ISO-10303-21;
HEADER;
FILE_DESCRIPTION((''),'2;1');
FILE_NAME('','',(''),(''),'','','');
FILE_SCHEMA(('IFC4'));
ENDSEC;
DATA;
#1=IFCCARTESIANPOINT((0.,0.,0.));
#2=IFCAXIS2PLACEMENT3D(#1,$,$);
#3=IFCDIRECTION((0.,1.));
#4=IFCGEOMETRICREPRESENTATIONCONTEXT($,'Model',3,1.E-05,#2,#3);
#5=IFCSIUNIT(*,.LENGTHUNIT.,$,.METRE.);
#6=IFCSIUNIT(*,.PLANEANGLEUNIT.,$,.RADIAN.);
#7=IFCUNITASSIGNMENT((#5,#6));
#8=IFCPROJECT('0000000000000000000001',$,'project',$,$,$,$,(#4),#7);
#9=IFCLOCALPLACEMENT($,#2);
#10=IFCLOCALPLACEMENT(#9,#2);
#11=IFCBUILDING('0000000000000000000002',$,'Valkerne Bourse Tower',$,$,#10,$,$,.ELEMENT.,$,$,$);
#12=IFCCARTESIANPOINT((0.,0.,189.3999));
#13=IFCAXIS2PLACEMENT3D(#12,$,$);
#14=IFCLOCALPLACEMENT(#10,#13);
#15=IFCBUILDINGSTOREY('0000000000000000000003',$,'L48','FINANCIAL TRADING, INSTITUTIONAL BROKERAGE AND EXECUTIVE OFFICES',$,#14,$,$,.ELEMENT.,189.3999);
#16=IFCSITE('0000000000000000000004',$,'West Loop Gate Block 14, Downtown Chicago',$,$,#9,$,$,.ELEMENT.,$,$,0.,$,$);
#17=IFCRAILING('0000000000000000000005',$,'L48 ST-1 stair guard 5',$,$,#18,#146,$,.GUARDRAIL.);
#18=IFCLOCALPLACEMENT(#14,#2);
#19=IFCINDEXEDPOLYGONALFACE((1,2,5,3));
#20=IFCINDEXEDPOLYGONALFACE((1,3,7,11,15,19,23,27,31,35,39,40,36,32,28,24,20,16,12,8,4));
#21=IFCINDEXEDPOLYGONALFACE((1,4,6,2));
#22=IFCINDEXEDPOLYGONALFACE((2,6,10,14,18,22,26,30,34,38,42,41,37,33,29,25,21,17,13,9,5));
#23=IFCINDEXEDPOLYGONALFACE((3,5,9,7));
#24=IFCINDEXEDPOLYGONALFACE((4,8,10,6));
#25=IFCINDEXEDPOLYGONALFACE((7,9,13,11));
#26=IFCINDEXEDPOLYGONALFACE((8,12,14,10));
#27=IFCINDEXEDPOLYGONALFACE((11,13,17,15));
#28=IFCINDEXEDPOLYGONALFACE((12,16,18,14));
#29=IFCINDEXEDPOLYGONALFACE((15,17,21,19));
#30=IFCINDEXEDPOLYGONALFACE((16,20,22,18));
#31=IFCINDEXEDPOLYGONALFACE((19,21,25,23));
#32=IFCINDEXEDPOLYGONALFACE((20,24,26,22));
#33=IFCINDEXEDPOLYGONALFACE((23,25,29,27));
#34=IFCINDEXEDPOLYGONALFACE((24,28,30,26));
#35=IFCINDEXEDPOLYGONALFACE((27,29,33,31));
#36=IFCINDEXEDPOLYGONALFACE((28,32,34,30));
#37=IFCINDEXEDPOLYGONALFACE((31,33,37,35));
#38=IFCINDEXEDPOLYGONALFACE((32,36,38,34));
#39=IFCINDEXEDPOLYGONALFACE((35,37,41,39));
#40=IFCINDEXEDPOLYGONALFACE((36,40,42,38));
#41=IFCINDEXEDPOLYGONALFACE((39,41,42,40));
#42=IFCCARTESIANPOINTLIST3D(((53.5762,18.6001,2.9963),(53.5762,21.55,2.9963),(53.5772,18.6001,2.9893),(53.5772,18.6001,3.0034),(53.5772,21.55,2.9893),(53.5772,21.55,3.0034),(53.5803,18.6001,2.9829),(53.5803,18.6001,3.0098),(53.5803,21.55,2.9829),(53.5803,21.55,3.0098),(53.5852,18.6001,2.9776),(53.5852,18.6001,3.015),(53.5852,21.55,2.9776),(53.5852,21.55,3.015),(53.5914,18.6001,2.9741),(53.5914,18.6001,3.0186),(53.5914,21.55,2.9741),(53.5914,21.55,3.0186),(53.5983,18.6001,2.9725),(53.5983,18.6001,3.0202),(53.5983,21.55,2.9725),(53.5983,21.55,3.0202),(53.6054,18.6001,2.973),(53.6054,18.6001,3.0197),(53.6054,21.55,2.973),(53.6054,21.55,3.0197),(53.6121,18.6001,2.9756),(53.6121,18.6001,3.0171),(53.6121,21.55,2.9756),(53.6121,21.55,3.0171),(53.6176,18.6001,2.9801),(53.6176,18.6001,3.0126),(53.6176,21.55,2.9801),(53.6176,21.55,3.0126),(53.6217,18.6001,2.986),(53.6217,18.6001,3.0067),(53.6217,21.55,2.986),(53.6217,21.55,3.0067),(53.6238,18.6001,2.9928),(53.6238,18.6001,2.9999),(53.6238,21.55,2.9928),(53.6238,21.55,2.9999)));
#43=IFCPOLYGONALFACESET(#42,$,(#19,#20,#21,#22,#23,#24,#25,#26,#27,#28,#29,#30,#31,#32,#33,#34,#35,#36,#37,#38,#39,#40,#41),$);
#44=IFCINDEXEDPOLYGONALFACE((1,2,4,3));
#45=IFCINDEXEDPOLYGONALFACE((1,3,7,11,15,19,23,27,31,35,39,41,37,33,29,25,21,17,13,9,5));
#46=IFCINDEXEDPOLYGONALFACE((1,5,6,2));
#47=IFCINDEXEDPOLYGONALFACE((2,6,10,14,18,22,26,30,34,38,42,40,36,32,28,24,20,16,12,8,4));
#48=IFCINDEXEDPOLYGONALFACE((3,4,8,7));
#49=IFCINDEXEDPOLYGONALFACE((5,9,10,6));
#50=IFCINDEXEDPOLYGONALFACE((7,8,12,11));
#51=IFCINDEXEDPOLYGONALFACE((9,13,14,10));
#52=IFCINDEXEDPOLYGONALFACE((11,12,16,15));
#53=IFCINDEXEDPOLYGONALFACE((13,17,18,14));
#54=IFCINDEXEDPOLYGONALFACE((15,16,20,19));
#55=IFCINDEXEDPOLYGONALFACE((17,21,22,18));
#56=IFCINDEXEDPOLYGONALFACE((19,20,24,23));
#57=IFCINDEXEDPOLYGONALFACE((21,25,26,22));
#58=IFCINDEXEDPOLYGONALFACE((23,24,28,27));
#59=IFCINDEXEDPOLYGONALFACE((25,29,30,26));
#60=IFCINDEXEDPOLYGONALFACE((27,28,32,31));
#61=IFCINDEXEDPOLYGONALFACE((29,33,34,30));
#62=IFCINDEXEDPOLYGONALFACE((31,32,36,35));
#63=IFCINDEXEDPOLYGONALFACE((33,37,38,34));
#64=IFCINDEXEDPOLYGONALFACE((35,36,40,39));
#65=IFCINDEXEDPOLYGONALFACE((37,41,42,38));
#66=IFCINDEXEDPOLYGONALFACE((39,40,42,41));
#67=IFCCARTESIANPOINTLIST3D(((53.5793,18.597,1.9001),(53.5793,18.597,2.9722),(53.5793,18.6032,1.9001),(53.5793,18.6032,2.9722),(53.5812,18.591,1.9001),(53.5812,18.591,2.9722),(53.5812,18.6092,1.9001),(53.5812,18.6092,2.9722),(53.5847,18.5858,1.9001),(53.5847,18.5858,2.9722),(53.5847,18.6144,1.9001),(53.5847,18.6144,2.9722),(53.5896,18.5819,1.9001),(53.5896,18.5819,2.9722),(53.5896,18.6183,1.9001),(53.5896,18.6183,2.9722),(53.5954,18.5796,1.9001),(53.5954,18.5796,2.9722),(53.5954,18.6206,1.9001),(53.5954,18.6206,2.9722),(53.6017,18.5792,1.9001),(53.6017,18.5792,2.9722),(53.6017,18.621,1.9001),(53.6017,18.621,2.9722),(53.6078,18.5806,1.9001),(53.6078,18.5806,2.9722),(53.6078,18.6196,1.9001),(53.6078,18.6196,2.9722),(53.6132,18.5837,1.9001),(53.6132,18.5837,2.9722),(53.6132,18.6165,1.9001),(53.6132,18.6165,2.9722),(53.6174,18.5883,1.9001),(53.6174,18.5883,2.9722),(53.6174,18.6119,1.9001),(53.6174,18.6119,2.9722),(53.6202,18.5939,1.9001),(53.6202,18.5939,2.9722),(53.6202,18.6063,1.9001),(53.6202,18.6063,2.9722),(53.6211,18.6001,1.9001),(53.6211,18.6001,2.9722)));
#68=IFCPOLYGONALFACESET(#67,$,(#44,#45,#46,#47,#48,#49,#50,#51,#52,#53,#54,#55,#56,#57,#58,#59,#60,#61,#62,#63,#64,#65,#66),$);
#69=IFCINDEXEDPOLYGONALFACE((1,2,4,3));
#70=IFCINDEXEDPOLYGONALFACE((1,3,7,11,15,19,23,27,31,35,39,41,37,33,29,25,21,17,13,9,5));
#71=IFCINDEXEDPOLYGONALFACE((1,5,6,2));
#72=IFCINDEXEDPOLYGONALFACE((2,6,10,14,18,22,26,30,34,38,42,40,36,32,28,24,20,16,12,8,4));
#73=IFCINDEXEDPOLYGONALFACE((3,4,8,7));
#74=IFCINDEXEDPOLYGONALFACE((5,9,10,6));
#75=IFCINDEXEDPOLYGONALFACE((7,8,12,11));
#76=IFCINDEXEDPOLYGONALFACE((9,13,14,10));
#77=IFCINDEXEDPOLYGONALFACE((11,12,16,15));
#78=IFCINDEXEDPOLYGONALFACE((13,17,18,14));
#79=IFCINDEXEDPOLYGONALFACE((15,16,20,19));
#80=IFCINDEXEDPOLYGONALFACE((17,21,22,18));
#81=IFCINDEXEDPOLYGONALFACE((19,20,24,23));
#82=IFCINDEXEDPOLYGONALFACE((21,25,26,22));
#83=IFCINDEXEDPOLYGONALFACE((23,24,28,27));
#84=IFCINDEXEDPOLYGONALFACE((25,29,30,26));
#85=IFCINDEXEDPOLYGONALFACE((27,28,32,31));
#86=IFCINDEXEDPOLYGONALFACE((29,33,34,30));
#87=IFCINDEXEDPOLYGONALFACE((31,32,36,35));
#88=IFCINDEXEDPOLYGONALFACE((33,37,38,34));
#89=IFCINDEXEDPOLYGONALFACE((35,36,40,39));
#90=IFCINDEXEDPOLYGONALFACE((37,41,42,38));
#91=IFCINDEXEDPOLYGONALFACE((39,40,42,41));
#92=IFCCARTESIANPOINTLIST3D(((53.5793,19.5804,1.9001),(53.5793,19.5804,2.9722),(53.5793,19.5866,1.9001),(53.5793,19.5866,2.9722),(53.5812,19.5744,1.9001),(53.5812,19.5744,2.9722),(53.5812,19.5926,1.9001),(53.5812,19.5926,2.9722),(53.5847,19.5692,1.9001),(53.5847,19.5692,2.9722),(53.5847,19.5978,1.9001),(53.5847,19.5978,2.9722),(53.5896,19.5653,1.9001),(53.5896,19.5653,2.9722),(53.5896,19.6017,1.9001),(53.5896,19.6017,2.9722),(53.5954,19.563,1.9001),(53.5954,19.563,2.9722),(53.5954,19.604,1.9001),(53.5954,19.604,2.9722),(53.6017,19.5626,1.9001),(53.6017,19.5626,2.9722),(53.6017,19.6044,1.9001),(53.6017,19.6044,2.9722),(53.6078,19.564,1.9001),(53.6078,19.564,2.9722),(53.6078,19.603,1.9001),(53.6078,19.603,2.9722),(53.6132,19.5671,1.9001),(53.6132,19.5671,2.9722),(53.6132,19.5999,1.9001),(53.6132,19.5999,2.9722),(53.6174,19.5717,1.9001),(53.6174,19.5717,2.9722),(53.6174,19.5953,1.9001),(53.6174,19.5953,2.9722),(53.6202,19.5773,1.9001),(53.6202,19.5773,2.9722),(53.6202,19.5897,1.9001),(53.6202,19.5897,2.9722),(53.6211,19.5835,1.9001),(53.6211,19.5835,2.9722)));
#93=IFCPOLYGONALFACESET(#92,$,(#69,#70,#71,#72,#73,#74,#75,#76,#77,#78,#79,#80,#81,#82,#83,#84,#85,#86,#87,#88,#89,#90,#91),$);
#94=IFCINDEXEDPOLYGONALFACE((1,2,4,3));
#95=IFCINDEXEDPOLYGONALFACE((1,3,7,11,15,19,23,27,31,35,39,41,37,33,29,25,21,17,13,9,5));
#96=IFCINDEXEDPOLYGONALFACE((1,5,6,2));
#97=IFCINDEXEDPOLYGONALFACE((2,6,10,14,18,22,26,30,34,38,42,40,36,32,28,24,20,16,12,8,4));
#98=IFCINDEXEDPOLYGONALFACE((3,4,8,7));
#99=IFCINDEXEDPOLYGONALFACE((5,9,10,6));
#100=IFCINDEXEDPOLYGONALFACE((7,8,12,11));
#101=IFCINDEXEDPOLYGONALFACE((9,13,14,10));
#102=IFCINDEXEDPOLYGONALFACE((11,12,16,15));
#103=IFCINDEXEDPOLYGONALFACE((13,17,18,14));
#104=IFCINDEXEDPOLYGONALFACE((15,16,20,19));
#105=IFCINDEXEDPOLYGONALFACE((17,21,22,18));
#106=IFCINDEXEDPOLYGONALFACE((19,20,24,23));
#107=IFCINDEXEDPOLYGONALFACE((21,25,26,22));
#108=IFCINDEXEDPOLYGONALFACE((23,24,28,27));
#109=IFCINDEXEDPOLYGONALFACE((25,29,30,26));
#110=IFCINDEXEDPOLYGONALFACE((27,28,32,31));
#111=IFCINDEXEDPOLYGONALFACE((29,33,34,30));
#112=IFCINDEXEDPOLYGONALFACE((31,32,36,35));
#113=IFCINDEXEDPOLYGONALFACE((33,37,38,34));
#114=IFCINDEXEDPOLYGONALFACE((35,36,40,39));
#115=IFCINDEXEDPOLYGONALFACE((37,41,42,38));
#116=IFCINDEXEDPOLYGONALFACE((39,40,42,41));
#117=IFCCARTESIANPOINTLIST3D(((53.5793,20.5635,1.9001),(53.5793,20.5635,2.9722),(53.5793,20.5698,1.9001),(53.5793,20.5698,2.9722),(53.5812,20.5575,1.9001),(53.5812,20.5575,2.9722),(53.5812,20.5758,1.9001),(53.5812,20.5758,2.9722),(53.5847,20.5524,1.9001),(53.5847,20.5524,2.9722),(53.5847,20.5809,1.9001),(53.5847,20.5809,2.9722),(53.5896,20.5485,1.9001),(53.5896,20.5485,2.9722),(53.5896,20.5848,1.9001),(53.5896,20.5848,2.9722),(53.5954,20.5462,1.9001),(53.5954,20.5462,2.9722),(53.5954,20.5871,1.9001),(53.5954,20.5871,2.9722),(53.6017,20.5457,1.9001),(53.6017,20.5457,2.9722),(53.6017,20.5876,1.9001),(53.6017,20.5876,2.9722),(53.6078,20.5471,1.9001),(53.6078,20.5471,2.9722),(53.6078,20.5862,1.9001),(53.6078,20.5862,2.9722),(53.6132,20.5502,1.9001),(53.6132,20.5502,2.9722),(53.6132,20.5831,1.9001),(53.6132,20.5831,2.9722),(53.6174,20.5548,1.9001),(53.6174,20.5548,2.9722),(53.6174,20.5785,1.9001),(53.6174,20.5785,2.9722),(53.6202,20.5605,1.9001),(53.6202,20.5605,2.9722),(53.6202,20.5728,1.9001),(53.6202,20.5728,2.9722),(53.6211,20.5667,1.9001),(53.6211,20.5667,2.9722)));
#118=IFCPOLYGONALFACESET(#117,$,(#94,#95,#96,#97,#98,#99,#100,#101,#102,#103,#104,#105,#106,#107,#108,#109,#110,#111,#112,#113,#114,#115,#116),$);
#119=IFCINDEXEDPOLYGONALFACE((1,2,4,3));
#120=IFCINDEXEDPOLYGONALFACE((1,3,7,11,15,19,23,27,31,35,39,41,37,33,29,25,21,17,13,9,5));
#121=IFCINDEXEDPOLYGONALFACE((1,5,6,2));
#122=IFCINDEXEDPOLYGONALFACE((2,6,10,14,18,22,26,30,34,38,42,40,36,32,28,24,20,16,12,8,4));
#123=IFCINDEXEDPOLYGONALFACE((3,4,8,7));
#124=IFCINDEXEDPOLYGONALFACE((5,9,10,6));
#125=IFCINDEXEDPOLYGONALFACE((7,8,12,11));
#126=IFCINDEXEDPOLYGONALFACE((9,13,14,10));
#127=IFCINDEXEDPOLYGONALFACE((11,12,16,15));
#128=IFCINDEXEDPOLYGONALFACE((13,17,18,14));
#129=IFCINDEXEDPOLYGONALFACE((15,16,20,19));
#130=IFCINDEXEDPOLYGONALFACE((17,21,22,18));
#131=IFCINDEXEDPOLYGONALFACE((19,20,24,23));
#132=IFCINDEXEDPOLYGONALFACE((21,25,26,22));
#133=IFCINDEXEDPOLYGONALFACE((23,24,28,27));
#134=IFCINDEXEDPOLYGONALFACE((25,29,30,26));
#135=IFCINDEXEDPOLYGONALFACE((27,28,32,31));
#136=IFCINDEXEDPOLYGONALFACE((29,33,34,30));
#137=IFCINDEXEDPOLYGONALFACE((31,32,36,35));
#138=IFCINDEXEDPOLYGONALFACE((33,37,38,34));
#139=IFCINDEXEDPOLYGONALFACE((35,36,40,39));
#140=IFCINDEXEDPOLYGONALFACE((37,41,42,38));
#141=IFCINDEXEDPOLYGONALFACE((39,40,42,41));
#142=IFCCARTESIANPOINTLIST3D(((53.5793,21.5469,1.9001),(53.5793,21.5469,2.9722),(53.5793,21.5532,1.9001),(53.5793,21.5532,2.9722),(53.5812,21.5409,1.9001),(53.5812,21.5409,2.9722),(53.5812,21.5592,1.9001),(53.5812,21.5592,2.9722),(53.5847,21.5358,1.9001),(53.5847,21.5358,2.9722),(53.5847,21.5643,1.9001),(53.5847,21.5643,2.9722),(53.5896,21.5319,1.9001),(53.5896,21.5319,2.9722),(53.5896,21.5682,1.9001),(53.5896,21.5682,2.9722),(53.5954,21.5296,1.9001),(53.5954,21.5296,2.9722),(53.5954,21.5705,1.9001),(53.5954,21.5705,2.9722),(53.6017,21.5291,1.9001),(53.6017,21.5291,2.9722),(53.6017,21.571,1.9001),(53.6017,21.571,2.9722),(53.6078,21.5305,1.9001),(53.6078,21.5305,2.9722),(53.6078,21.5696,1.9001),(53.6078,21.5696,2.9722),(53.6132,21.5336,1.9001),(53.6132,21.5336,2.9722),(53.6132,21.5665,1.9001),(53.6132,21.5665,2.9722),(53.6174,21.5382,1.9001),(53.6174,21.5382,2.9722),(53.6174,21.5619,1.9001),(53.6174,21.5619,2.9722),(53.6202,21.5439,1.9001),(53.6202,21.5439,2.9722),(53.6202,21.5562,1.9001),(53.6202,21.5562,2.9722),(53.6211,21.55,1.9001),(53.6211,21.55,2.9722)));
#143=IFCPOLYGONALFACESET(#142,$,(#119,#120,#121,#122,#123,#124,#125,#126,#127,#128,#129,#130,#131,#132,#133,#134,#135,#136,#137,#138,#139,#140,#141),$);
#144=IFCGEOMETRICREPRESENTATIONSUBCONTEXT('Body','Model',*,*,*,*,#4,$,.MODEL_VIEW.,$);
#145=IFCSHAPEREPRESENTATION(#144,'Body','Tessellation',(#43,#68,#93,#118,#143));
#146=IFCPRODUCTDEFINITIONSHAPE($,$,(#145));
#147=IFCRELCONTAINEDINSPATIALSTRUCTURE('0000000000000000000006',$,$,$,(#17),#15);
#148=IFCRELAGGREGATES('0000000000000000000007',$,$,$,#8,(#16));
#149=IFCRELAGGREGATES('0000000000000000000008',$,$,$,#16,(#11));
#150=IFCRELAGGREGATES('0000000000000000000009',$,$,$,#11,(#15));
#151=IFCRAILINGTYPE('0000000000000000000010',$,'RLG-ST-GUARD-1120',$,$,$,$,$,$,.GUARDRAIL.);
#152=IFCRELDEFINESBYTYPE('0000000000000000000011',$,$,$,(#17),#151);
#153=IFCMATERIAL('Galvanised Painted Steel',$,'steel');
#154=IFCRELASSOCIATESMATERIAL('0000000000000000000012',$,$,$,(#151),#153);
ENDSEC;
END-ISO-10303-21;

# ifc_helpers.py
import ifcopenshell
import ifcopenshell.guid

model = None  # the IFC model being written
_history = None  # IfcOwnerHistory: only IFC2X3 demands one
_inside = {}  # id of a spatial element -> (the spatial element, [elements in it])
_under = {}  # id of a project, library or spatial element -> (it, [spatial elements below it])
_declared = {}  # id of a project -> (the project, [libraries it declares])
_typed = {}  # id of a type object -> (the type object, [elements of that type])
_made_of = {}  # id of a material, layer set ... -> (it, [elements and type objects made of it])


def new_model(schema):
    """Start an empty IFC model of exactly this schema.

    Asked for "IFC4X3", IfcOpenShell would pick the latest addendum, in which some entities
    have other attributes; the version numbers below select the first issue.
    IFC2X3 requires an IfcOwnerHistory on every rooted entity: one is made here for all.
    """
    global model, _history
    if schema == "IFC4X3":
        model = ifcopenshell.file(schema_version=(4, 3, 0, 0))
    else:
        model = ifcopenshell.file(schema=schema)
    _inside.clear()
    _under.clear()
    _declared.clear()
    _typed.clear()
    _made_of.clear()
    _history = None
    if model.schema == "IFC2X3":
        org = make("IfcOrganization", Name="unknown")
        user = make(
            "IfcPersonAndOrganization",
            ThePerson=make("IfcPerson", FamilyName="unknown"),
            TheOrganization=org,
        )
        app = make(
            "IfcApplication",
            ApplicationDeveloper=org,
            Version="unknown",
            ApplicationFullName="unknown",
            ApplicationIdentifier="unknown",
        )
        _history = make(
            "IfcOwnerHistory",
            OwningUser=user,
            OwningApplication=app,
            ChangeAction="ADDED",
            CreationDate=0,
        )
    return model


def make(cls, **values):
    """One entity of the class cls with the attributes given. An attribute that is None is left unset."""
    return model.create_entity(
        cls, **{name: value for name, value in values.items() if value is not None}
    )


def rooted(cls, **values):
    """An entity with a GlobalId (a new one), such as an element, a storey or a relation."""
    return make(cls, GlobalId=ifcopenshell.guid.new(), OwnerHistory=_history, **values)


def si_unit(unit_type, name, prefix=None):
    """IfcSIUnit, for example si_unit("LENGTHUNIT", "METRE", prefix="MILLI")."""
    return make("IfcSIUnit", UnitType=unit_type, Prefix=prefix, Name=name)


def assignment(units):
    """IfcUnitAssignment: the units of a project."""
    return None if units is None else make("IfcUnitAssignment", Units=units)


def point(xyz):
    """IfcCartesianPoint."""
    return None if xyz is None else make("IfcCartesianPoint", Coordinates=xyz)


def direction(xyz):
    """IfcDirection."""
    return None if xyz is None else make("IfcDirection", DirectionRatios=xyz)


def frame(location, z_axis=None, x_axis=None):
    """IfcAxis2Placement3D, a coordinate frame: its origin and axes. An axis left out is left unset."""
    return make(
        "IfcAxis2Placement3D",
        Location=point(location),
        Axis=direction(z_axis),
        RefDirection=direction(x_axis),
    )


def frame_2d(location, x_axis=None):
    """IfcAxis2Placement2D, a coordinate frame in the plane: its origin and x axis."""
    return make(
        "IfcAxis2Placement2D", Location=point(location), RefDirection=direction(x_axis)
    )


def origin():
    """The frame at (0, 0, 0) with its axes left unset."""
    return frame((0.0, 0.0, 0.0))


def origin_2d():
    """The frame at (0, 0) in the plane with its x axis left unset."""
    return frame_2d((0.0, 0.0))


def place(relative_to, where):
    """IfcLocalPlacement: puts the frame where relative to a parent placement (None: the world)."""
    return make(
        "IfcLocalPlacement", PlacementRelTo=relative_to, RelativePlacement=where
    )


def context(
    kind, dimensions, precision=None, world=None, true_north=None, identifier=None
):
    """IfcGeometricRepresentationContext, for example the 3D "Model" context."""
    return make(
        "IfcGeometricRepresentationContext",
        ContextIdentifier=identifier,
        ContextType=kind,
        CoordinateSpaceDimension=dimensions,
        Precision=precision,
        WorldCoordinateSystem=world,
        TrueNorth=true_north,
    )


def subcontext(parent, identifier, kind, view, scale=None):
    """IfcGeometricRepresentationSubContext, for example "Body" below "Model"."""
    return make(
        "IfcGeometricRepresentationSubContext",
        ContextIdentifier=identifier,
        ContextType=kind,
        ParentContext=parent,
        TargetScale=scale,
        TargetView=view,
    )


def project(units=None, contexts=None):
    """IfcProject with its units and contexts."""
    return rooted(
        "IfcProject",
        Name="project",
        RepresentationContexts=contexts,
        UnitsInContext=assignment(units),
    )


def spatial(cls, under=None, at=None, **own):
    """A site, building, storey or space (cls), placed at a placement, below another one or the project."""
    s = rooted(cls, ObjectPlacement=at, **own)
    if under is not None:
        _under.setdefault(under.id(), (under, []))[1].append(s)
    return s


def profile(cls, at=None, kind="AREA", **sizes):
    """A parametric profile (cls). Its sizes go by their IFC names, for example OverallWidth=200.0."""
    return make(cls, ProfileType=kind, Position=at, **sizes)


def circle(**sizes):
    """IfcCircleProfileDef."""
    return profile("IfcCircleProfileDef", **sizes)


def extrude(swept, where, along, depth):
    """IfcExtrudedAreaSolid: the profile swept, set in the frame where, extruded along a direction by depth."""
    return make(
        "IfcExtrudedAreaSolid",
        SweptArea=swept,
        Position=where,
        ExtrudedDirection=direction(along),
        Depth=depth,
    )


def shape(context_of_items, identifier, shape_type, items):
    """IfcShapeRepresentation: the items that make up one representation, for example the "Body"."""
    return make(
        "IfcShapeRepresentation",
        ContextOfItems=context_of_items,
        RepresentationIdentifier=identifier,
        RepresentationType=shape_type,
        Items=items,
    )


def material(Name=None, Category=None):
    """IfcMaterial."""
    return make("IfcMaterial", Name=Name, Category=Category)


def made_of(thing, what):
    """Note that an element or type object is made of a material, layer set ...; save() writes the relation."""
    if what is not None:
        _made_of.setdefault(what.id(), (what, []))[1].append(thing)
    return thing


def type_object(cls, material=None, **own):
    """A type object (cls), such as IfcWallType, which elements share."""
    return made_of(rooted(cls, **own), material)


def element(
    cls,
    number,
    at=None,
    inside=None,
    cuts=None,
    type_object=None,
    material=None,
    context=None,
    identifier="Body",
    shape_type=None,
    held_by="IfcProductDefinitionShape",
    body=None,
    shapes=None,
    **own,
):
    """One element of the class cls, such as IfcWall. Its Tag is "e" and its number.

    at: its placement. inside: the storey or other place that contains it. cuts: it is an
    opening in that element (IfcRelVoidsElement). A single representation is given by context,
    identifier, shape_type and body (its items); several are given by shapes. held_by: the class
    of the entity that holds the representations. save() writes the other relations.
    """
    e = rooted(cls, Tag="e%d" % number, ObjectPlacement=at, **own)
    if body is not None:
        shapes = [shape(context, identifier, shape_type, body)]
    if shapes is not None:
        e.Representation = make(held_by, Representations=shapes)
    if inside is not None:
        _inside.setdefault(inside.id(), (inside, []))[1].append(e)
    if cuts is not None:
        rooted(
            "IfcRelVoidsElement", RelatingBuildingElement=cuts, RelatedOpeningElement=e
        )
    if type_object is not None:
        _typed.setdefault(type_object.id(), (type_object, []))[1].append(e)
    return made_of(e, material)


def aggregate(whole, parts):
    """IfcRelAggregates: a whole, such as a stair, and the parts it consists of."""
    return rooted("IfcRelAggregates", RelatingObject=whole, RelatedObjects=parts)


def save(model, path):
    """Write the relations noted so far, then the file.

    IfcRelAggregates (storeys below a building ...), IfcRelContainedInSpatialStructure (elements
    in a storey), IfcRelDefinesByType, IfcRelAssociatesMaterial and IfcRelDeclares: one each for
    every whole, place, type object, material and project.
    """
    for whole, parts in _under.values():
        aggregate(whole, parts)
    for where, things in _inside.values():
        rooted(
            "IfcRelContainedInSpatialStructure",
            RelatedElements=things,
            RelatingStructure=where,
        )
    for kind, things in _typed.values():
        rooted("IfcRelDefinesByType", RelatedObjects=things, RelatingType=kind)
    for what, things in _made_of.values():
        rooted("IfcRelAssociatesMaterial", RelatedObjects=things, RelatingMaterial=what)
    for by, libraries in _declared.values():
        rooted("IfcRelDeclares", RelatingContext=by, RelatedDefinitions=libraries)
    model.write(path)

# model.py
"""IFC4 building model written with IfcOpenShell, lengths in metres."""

from ifc_helpers import new_model, si_unit, direction, frame, origin, origin_2d, place, context, subcontext, project, spatial, circle, extrude, material, type_object, element, save


model = new_model("IFC4")

# Units and contexts
model_context = context("Model", 3, precision=1e-05, world=origin(), true_north=direction((0.0, 1.0)))
body_context = subcontext(model_context, "Body", "Model", "MODEL_VIEW")
ifc_project = project(units=[si_unit("LENGTHUNIT", "METRE"), si_unit("PLANEANGLEUNIT", "RADIAN")], contexts=[model_context])

# Site, building, storey
site_placement = place(None, origin())
site = spatial("IfcSite", under=ifc_project, at=site_placement, Name="West Loop Gate Block 14, Downtown Chicago", CompositionType="ELEMENT", RefElevation=0.0)
building_placement = place(site_placement, origin())
building = spatial("IfcBuilding", under=site, at=building_placement, Name="Valkerne Bourse Tower", CompositionType="ELEMENT")
storey_placement = place(building_placement, frame((0.0, 0.0, 189.3999)))
storey = spatial("IfcBuildingStorey", under=building, at=storey_placement, Name="L48", Description="FINANCIAL TRADING, INSTITUTIONAL BROKERAGE AND EXECUTIVE OFFICES", CompositionType="ELEMENT", Elevation=189.3999)

# Railing
ifc_material_1 = material(Name="Galvanised Painted Steel", Category="steel")
railing_type = type_object("IfcRailingType", Name="RLG-ST-GUARD-1120", PredefinedType="GUARDRAIL", material=ifc_material_1)
railing_1_placement = place(storey_placement, frame((53.6001, 18.6001, 1.9001)))
element("IfcRailing", 1, at=railing_1_placement, inside=storey, type_object=railing_type, Name="L48 ST-1 stair guard 5", PredefinedType="GUARDRAIL", context=body_context, shape_type="SweptSolid", body=[
    extrude(circle(Radius=0.0239, at=origin_2d()), frame((0.0, 0.0, 1.0962), z_axis=(0.0, 1.0, 0.0), x_axis=(-1.0, 0.0, 0.0)), (0.0, 0.0, 1.0), 2.95),
    extrude(circle(Radius=0.021, at=origin_2d()), origin(), (0.0, 0.0, 1.0), 1.072),
    extrude(circle(Radius=0.021, at=origin_2d()), frame((0.0, 0.9834, 0.0)), (0.0, 0.0, 1.0), 1.072),
    extrude(circle(Radius=0.021, at=origin_2d()), frame((0.0, 1.9666, 0.0)), (0.0, 0.0, 1.0), 1.072),
    extrude(circle(Radius=0.021, at=origin_2d()), frame((0.0, 2.95, 0.0)), (0.0, 0.0, 1.0), 1.072),
])

save(model, "model.ifc")
